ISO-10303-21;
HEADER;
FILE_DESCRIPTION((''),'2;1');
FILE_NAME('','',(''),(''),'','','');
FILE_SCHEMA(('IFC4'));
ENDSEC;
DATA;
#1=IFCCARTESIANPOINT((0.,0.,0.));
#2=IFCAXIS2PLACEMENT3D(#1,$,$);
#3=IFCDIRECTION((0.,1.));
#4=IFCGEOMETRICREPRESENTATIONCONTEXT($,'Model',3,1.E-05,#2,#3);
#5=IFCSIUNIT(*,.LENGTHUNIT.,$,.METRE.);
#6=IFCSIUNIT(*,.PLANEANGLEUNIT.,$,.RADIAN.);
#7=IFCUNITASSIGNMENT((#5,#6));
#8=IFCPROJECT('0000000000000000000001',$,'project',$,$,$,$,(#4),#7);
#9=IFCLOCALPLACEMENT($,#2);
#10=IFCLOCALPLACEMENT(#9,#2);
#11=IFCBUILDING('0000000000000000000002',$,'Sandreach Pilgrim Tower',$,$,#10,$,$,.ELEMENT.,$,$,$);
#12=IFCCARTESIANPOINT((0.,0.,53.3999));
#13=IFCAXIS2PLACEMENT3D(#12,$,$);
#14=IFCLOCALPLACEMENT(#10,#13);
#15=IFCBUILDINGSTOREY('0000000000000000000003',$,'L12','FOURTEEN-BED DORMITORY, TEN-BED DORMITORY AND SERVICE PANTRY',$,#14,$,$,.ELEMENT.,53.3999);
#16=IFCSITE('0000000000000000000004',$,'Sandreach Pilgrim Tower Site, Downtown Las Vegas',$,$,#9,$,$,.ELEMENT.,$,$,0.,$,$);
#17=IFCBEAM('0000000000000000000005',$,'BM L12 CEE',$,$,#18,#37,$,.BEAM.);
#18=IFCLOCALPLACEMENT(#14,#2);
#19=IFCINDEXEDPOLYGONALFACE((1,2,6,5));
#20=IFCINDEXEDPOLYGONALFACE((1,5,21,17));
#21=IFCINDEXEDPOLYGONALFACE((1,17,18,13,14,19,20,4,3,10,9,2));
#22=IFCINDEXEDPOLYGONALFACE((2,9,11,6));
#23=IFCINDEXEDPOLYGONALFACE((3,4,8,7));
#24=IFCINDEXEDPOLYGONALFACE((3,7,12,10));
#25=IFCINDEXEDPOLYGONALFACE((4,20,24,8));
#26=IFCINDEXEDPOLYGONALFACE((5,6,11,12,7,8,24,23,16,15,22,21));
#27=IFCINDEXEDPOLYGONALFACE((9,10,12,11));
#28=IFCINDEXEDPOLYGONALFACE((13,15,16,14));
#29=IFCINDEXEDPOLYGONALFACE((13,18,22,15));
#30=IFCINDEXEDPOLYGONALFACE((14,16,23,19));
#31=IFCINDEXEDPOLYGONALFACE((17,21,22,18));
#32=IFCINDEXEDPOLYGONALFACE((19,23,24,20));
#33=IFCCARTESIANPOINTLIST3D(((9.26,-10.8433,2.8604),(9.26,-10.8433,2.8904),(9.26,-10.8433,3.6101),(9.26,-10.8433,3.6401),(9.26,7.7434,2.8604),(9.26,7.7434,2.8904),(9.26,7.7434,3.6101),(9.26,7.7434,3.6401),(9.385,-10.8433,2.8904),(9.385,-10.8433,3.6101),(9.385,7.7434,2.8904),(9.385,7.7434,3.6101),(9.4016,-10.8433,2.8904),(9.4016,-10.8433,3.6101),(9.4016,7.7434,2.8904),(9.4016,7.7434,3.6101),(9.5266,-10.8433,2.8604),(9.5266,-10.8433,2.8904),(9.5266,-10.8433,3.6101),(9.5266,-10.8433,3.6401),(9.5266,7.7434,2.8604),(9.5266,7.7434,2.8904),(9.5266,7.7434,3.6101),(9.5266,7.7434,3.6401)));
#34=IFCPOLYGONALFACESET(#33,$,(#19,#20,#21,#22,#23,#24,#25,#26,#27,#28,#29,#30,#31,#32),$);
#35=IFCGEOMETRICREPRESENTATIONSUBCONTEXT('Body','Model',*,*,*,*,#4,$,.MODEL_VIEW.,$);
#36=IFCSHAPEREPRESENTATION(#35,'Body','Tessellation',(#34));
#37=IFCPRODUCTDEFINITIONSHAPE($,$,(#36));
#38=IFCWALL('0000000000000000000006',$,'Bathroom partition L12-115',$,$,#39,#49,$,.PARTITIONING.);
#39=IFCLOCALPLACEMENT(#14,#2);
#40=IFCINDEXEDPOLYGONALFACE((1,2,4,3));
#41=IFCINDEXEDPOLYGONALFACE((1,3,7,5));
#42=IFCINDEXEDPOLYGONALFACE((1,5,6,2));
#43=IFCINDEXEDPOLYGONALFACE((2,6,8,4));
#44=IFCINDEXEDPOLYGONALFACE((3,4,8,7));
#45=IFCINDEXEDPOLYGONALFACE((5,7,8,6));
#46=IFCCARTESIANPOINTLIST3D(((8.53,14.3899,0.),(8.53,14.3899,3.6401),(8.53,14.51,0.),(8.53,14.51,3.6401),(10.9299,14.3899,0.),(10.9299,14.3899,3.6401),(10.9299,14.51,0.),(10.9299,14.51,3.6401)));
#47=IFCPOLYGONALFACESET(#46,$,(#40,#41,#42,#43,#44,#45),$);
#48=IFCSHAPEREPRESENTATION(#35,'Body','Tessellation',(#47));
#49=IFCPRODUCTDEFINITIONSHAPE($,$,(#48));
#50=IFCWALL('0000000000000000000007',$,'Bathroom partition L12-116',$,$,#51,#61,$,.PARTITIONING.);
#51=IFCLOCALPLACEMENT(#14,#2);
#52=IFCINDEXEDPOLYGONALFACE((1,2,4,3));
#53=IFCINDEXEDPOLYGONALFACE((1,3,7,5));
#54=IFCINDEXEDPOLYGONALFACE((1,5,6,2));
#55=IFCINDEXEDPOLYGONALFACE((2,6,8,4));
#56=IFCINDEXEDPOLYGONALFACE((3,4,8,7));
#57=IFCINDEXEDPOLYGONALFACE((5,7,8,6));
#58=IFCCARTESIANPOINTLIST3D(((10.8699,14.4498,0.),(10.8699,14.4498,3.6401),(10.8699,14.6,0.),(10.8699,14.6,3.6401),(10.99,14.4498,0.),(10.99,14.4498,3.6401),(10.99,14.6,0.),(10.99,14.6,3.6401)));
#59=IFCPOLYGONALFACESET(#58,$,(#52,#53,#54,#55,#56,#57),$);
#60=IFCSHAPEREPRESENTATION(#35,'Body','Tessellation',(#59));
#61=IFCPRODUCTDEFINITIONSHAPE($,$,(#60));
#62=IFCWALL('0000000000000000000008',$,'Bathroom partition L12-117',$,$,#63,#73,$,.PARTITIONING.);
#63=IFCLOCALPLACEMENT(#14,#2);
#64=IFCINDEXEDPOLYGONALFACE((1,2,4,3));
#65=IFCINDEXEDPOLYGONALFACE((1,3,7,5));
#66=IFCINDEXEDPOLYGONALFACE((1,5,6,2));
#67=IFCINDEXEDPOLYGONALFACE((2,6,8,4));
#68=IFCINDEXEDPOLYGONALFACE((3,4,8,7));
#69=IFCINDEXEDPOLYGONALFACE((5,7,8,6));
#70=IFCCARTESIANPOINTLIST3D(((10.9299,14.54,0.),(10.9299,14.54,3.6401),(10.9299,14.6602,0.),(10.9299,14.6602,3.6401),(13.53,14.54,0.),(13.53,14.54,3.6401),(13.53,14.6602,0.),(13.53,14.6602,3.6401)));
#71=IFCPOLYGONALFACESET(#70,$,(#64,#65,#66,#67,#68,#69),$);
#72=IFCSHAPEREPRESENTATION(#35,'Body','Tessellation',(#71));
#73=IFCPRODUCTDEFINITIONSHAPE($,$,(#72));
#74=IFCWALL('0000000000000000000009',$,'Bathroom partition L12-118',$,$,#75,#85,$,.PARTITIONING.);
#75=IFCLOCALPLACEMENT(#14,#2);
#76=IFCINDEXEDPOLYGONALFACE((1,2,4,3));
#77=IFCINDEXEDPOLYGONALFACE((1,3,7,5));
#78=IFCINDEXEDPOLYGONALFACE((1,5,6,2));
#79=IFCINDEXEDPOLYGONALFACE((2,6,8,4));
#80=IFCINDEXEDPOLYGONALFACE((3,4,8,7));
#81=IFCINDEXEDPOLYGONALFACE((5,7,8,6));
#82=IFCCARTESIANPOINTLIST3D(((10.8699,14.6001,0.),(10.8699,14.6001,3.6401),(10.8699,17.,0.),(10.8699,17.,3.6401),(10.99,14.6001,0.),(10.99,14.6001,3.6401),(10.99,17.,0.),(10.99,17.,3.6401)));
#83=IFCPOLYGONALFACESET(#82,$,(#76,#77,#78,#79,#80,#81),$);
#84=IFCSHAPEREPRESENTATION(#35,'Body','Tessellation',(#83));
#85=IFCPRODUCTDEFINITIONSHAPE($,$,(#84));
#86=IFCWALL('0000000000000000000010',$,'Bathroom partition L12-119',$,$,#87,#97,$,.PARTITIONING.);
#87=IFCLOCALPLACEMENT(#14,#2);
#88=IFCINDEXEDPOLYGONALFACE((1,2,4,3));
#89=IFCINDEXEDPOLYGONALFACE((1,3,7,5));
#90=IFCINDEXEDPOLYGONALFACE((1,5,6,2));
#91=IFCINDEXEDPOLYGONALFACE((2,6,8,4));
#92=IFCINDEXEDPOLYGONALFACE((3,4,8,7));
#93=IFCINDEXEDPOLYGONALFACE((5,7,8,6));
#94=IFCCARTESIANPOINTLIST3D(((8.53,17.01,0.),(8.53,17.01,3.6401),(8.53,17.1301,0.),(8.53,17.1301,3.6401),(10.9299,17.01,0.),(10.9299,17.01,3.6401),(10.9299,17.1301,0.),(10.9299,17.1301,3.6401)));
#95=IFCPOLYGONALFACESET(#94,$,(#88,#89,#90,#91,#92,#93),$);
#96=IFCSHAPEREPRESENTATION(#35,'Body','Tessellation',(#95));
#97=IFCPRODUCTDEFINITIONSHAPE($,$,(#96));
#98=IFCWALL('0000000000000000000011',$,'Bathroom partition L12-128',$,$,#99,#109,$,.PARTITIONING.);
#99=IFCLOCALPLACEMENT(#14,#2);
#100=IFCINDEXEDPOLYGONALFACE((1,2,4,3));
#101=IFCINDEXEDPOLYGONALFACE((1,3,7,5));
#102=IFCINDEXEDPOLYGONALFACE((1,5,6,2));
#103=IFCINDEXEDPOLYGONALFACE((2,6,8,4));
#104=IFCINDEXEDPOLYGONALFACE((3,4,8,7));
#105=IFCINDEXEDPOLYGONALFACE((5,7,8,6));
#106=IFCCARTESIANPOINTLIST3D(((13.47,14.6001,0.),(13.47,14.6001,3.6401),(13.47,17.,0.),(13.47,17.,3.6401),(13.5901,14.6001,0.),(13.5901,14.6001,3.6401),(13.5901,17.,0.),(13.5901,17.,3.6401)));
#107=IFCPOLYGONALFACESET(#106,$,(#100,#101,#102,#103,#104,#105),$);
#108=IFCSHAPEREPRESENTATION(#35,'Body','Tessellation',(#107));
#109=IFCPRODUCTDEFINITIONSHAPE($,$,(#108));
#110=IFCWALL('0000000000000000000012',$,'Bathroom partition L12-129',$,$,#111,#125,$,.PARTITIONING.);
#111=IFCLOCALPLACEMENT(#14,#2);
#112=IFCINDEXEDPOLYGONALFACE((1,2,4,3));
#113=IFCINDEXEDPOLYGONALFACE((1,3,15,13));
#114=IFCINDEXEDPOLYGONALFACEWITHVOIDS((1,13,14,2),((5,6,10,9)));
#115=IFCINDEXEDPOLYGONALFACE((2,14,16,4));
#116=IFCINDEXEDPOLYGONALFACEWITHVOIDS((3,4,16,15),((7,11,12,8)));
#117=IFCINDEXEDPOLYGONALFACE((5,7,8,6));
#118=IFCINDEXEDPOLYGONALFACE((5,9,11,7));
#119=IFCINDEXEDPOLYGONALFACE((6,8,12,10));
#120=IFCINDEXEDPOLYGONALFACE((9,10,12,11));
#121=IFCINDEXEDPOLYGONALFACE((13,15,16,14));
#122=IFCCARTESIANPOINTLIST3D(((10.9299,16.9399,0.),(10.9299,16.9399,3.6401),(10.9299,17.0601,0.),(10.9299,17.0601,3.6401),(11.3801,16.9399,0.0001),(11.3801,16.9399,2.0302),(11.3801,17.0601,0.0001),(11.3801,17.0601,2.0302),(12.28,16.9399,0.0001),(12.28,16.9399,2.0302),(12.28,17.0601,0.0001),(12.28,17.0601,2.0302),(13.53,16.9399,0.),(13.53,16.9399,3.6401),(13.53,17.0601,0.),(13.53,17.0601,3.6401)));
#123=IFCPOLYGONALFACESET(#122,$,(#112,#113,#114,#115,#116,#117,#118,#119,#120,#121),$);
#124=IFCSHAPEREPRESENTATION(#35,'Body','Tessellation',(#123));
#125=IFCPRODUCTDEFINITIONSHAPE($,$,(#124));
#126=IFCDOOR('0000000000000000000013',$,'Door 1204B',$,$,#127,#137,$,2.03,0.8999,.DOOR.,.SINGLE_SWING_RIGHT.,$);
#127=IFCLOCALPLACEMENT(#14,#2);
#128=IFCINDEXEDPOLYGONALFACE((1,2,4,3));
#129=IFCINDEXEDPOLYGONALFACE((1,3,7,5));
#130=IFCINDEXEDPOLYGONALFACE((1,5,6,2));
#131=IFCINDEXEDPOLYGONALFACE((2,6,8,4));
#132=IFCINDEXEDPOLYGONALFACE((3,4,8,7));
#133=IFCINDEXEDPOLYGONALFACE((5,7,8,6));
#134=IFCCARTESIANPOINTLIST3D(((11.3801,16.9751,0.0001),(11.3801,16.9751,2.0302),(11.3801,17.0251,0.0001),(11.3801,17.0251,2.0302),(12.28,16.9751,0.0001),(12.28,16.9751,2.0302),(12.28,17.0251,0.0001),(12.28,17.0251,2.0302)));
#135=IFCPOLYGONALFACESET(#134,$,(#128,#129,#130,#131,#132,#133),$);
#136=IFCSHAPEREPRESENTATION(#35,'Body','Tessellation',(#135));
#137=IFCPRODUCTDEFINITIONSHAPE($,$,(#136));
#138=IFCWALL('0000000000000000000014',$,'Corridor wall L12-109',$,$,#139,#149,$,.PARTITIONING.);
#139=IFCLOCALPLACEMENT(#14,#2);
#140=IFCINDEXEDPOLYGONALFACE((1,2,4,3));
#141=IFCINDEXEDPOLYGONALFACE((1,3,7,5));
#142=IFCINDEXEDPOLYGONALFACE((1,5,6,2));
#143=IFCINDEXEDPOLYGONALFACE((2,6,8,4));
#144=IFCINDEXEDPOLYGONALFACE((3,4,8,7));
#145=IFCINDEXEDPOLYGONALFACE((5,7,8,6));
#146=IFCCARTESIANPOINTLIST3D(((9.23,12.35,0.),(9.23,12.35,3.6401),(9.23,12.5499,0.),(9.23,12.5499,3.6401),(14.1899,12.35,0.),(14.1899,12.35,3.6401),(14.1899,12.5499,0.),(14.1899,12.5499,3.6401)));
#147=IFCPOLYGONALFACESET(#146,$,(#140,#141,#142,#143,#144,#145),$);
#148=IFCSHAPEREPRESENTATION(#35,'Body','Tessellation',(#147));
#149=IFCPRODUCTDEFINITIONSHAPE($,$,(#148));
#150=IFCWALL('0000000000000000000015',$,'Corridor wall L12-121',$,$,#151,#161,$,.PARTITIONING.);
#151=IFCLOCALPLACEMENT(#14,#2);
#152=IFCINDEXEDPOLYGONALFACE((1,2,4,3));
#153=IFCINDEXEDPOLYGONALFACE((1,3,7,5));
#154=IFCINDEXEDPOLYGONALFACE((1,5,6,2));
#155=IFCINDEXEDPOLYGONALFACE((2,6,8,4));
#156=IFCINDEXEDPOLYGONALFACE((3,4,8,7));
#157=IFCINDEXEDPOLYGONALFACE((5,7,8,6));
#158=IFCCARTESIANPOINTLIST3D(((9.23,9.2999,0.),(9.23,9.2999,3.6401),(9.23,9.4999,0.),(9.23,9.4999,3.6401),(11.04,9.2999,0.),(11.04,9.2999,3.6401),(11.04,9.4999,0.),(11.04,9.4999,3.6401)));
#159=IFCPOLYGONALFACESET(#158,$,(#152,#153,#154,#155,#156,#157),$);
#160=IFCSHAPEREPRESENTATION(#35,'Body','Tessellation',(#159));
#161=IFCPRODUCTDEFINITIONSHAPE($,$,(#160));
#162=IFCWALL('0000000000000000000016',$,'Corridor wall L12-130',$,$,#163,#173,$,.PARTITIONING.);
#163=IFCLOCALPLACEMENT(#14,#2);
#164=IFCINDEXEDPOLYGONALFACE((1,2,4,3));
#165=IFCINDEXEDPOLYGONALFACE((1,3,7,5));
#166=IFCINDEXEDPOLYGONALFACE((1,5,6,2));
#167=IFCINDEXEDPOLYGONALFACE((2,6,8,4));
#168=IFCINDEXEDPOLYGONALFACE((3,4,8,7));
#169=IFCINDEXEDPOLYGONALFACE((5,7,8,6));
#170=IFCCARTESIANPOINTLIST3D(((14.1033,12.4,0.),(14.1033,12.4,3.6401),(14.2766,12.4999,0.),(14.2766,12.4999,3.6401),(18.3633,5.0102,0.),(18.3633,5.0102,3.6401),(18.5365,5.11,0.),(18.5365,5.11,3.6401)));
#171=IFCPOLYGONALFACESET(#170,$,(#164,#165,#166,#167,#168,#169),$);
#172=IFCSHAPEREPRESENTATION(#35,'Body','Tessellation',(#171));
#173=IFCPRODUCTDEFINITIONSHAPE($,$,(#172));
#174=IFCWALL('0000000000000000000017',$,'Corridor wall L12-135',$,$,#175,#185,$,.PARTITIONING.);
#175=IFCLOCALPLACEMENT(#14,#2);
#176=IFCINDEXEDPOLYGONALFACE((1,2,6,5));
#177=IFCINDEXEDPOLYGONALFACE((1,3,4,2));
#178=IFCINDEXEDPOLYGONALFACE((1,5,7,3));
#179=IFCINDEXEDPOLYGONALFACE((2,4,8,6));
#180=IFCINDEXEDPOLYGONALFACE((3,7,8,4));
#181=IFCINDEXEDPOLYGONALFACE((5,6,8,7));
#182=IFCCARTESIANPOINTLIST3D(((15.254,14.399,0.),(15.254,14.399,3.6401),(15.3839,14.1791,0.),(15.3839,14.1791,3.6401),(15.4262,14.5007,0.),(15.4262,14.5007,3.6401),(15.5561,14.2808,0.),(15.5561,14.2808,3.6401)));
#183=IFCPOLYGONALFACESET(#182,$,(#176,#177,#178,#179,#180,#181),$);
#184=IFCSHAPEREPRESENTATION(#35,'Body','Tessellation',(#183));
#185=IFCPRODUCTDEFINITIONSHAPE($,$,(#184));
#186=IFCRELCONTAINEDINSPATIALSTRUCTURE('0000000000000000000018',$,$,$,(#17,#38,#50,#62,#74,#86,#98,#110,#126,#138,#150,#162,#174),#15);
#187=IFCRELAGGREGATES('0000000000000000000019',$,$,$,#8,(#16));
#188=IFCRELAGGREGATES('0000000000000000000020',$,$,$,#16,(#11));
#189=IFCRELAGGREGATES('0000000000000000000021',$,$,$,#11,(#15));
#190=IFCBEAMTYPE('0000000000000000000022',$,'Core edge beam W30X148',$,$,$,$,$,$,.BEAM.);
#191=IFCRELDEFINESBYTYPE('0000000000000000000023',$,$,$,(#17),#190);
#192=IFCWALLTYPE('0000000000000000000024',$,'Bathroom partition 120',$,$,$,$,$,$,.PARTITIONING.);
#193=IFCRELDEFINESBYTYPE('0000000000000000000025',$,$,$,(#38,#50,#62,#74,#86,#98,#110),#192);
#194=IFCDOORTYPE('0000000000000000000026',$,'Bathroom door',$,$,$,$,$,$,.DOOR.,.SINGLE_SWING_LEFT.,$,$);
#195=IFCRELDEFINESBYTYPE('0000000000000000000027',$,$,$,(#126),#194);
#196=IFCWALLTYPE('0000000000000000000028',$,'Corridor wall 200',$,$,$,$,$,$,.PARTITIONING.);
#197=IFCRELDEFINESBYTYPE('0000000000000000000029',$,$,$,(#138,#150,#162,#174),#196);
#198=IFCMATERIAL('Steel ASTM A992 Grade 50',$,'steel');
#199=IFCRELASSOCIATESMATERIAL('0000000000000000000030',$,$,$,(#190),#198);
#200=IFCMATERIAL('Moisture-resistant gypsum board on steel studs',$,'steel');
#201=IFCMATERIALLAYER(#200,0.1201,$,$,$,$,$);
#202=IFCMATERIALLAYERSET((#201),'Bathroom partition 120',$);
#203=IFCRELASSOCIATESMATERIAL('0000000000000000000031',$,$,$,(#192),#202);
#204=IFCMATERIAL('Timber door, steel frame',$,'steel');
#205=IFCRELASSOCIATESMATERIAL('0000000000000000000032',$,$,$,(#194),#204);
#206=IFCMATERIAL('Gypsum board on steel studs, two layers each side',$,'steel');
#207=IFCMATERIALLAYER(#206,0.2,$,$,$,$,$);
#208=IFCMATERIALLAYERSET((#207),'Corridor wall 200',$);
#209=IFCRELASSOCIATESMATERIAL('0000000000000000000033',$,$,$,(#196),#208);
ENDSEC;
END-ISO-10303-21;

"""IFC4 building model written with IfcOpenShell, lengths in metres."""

from ifc_helpers import new_model, si_unit, direction, frame, frame_2d, origin, origin_2d, place, context, subcontext, project, spatial, rectangle, i_section, extrude, material, layer, layer_set, material_profile, profile_set, type_object, element, fill, save


model = new_model("IFC4")

# Units and contexts
model_context = context("Model", 3, precision=1e-05, world=origin(), true_north=direction((0.0, 1.0)))
body_context = subcontext(model_context, "Body", "Model", "MODEL_VIEW")
ifc_project = project(units=[si_unit("LENGTHUNIT", "METRE"), si_unit("PLANEANGLEUNIT", "RADIAN")], contexts=[model_context])

# Site, building, storey
site_placement = place(None, origin())
site = spatial("IfcSite", under=ifc_project, at=site_placement, Name="Sandreach Pilgrim Tower Site, Downtown Las Vegas", CompositionType="ELEMENT", RefElevation=0.0)
building_placement = place(site_placement, origin())
building = spatial("IfcBuilding", under=site, at=building_placement, Name="Sandreach Pilgrim Tower", CompositionType="ELEMENT")
storey_placement = place(building_placement, frame((0.0, 0.0, 53.3999)))
storey = spatial("IfcBuildingStorey", under=building, at=storey_placement, Name="L12", Description="FOURTEEN-BED DORMITORY, TEN-BED DORMITORY AND SERVICE PANTRY", CompositionType="ELEMENT", Elevation=53.3999)

# Beam
ifc_material_1 = material(Name="Steel ASTM A992 Grade 50", Category="steel")
ifc_material_profile = material_profile(ifc_material_1, i_section(OverallWidth=0.2666, OverallDepth=0.7798, WebThickness=0.0166, FlangeThickness=0.03, at=origin_2d()), Name="W30X148")
ifc_profile_set = profile_set([ifc_material_profile], Name="Steel ASTM A992 Grade 50")
beam_type = type_object("IfcBeamType", Name="Core edge beam W30X148", PredefinedType="BEAM", material=ifc_profile_set)
beam_placement = place(storey_placement, frame((9.3933, 7.7434, 3.2502), z_axis=(0.0, -1.0, 0.0), x_axis=(1.0, 0.0, 0.0)))
element("IfcBeam", 1, at=beam_placement, inside=storey, type_object=beam_type, Name="BM L12 CEE", PredefinedType="BEAM", context=body_context, shape_type="SweptSolid", body=[
    extrude(i_section(OverallWidth=0.2666, OverallDepth=0.7798, WebThickness=0.0166, FlangeThickness=0.03, at=origin_2d()), origin(), (0.0, 0.0, 1.0), 18.5867),
])

# Walls
ifc_material_2 = material(Name="Moisture-resistant gypsum board on steel studs", Category="steel")
ifc_layer_1 = layer(ifc_material_2, 0.1201)
ifc_layer_set_1 = layer_set([ifc_layer_1], Name="Bathroom partition 120")
wall_type_1 = type_object("IfcWallType", Name="Bathroom partition 120", PredefinedType="PARTITIONING", material=ifc_layer_set_1)
wall_1_placement = place(storey_placement, frame((10.9299, 14.45, 0.0), z_axis=(0.0, 0.0, 1.0), x_axis=(-1.0, 0.0, 0.0)))
element("IfcWall", 2, at=wall_1_placement, inside=storey, type_object=wall_type_1, Name="Bathroom partition L12-115", PredefinedType="PARTITIONING", context=body_context, shape_type="SweptSolid", body=[
    extrude(rectangle(XDim=2.3999, YDim=0.1201, at=frame_2d((1.2, 0.0))), origin(), (0.0, 0.0, 1.0), 3.6401),
])
wall_2_placement = place(storey_placement, frame((10.9299, 14.6001, 0.0), z_axis=(0.0, 0.0, 1.0), x_axis=(0.0, -1.0, 0.0)))
element("IfcWall", 3, at=wall_2_placement, inside=storey, type_object=wall_type_1, Name="Bathroom partition L12-116", PredefinedType="PARTITIONING", context=body_context, shape_type="SweptSolid", body=[
    extrude(rectangle(XDim=0.1501, YDim=0.1201, at=frame_2d((0.0752, 0.0))), origin(), (0.0, 0.0, 1.0), 3.6401),
])
wall_3_placement = place(storey_placement, frame((10.9299, 14.6001, 0.0), z_axis=(0.0, 0.0, 1.0), x_axis=(1.0, 0.0, 0.0)))
element("IfcWall", 4, at=wall_3_placement, inside=storey, type_object=wall_type_1, Name="Bathroom partition L12-117", PredefinedType="PARTITIONING", context=body_context, shape_type="SweptSolid", body=[
    extrude(rectangle(XDim=2.6001, YDim=0.1201, at=frame_2d((1.3, 0.0))), origin(), (0.0, 0.0, 1.0), 3.6401),
])
for number, where, z_axis, x_axis, name in (
    (5, (10.9299, 17.0, 0.0), (0.0, 0.0, 1.0), (0.0, -1.0, 0.0), "Bathroom partition L12-118"),
    (6, (10.9299, 17.0701, 0.0), (0.0, 0.0, 1.0), (-1.0, 0.0, 0.0), "Bathroom partition L12-119"),
    (7, (13.53, 14.6001, 0.0), (0.0, 0.0, 1.0), (0.0, 1.0, 0.0), "Bathroom partition L12-128"),
):
    element("IfcWall", number, at=place(storey_placement, frame(where, z_axis=z_axis, x_axis=x_axis)), inside=storey, type_object=wall_type_1, Name=name, PredefinedType="PARTITIONING", context=body_context, shape_type="SweptSolid", body=[
        extrude(rectangle(XDim=2.3999, YDim=0.1201, at=frame_2d((1.2, 0.0))), origin(), (0.0, 0.0, 1.0), 3.6401),
    ])

# Wall, opening, door
wall_4_placement = place(storey_placement, frame((13.53, 17.0, 0.0), z_axis=(0.0, 0.0, 1.0), x_axis=(-1.0, 0.0, 0.0)))
wall_4 = element("IfcWall", 8, at=wall_4_placement, inside=storey, type_object=wall_type_1, Name="Bathroom partition L12-129", PredefinedType="PARTITIONING", context=body_context, shape_type="SweptSolid", body=[
    extrude(rectangle(XDim=2.6001, YDim=0.1201, at=frame_2d((1.3, 0.0))), origin(), (0.0, 0.0, 1.0), 3.6401),
])
opening_1_placement = place(wall_4_placement, frame((1.25, 0.0, 0.0)))
opening_1 = element("IfcOpeningElement", 9, at=opening_1_placement, cuts=wall_4, PredefinedType="OPENING", context=body_context, shape_type="SweptSolid", body=[
    extrude(rectangle(XDim=0.8999, YDim=2.03, at=frame_2d((0.45, 1.0151))), frame((0.0, 0.0601, 0.0), z_axis=(0.0, -1.0, 0.0), x_axis=(1.0, 0.0, 0.0)), (0.0, 0.0, 1.0), 0.1201),
])
ifc_material_3 = material(Name="Timber door, steel frame", Category="steel")
door_type_1 = type_object("IfcDoorType", Name="Bathroom door", OperationType="SINGLE_SWING_LEFT", PredefinedType="DOOR", material=ifc_material_3)
door_1_placement = place(opening_1_placement, origin())
door_1 = element("IfcDoor", 10, at=door_1_placement, inside=storey, type_object=door_type_1, Name="Door 1204B", OperationType="SINGLE_SWING_RIGHT", OverallHeight=2.03, OverallWidth=0.8999, PredefinedType="DOOR", context=body_context, shape_type="SweptSolid", body=[
    extrude(rectangle(XDim=0.8999, YDim=2.03, at=frame_2d((0.45, 1.0151))), frame((0.0, 0.0249, 0.0), z_axis=(0.0, -1.0, 0.0), x_axis=(1.0, 0.0, 0.0)), (0.0, 0.0, 1.0), 0.05),
])
fill(opening_1, door_1)

# Walls
ifc_material_4 = material(Name="Gypsum board on steel studs, two layers each side", Category="steel")
ifc_layer_2 = layer(ifc_material_4, 0.2)
ifc_layer_set_2 = layer_set([ifc_layer_2], Name="Corridor wall 200")
wall_type_2 = type_object("IfcWallType", Name="Corridor wall 200", PredefinedType="PARTITIONING", material=ifc_layer_set_2)
wall_5_placement = place(storey_placement, frame((9.23, 12.45, 0.0), z_axis=(0.0, 0.0, 1.0), x_axis=(1.0, 0.0, 0.0)))
element("IfcWall", 11, at=wall_5_placement, inside=storey, type_object=wall_type_2, Name="Corridor wall L12-109", PredefinedType="PARTITIONING", context=body_context, shape_type="SweptSolid", body=[
    extrude(rectangle(XDim=4.96, YDim=0.2, at=frame_2d((2.48, 0.0))), origin(), (0.0, 0.0, 1.0), 3.6401),
])
wall_6_placement = place(storey_placement, frame((11.04, 9.3999, 0.0), z_axis=(0.0, 0.0, 1.0), x_axis=(-1.0, 0.0, 0.0)))
element("IfcWall", 12, at=wall_6_placement, inside=storey, type_object=wall_type_2, Name="Corridor wall L12-121", PredefinedType="PARTITIONING", context=body_context, shape_type="SweptSolid", body=[
    extrude(rectangle(XDim=1.8101, YDim=0.2, at=frame_2d((0.905, 0.0))), origin(), (0.0, 0.0, 1.0), 3.6401),
])
wall_7_placement = place(storey_placement, frame((14.1899, 12.45, 0.0), z_axis=(0.0, 0.0, 1.0), x_axis=(0.499424, -0.866358, 0.0)))
element("IfcWall", 13, at=wall_7_placement, inside=storey, type_object=wall_type_2, Name="Corridor wall L12-130", PredefinedType="PARTITIONING", context=body_context, shape_type="SweptSolid", body=[
    extrude(rectangle(XDim=8.5298, YDim=0.2, at=frame_2d((4.2649, 0.0))), origin(), (0.0, 0.0, 1.0), 3.6401),
])

# Wall
wall_8_placement = place(storey_placement, frame((15.47, 14.23, 0.0), z_axis=(0.0, 0.0, 1.0), x_axis=(-0.508439, 0.861098, 0.0)))
element("IfcWall", 14, at=wall_8_placement, inside=storey, type_object=wall_type_2, Name="Corridor wall L12-135", PredefinedType="PARTITIONING", context=body_context, shape_type="SweptSolid", body=[
    extrude(rectangle(XDim=0.2554, YDim=0.2, at=frame_2d((0.1277, 0.0))), origin(), (0.0, 0.0, 1.0), 3.6401),
])

save(model, "model.ifc")
